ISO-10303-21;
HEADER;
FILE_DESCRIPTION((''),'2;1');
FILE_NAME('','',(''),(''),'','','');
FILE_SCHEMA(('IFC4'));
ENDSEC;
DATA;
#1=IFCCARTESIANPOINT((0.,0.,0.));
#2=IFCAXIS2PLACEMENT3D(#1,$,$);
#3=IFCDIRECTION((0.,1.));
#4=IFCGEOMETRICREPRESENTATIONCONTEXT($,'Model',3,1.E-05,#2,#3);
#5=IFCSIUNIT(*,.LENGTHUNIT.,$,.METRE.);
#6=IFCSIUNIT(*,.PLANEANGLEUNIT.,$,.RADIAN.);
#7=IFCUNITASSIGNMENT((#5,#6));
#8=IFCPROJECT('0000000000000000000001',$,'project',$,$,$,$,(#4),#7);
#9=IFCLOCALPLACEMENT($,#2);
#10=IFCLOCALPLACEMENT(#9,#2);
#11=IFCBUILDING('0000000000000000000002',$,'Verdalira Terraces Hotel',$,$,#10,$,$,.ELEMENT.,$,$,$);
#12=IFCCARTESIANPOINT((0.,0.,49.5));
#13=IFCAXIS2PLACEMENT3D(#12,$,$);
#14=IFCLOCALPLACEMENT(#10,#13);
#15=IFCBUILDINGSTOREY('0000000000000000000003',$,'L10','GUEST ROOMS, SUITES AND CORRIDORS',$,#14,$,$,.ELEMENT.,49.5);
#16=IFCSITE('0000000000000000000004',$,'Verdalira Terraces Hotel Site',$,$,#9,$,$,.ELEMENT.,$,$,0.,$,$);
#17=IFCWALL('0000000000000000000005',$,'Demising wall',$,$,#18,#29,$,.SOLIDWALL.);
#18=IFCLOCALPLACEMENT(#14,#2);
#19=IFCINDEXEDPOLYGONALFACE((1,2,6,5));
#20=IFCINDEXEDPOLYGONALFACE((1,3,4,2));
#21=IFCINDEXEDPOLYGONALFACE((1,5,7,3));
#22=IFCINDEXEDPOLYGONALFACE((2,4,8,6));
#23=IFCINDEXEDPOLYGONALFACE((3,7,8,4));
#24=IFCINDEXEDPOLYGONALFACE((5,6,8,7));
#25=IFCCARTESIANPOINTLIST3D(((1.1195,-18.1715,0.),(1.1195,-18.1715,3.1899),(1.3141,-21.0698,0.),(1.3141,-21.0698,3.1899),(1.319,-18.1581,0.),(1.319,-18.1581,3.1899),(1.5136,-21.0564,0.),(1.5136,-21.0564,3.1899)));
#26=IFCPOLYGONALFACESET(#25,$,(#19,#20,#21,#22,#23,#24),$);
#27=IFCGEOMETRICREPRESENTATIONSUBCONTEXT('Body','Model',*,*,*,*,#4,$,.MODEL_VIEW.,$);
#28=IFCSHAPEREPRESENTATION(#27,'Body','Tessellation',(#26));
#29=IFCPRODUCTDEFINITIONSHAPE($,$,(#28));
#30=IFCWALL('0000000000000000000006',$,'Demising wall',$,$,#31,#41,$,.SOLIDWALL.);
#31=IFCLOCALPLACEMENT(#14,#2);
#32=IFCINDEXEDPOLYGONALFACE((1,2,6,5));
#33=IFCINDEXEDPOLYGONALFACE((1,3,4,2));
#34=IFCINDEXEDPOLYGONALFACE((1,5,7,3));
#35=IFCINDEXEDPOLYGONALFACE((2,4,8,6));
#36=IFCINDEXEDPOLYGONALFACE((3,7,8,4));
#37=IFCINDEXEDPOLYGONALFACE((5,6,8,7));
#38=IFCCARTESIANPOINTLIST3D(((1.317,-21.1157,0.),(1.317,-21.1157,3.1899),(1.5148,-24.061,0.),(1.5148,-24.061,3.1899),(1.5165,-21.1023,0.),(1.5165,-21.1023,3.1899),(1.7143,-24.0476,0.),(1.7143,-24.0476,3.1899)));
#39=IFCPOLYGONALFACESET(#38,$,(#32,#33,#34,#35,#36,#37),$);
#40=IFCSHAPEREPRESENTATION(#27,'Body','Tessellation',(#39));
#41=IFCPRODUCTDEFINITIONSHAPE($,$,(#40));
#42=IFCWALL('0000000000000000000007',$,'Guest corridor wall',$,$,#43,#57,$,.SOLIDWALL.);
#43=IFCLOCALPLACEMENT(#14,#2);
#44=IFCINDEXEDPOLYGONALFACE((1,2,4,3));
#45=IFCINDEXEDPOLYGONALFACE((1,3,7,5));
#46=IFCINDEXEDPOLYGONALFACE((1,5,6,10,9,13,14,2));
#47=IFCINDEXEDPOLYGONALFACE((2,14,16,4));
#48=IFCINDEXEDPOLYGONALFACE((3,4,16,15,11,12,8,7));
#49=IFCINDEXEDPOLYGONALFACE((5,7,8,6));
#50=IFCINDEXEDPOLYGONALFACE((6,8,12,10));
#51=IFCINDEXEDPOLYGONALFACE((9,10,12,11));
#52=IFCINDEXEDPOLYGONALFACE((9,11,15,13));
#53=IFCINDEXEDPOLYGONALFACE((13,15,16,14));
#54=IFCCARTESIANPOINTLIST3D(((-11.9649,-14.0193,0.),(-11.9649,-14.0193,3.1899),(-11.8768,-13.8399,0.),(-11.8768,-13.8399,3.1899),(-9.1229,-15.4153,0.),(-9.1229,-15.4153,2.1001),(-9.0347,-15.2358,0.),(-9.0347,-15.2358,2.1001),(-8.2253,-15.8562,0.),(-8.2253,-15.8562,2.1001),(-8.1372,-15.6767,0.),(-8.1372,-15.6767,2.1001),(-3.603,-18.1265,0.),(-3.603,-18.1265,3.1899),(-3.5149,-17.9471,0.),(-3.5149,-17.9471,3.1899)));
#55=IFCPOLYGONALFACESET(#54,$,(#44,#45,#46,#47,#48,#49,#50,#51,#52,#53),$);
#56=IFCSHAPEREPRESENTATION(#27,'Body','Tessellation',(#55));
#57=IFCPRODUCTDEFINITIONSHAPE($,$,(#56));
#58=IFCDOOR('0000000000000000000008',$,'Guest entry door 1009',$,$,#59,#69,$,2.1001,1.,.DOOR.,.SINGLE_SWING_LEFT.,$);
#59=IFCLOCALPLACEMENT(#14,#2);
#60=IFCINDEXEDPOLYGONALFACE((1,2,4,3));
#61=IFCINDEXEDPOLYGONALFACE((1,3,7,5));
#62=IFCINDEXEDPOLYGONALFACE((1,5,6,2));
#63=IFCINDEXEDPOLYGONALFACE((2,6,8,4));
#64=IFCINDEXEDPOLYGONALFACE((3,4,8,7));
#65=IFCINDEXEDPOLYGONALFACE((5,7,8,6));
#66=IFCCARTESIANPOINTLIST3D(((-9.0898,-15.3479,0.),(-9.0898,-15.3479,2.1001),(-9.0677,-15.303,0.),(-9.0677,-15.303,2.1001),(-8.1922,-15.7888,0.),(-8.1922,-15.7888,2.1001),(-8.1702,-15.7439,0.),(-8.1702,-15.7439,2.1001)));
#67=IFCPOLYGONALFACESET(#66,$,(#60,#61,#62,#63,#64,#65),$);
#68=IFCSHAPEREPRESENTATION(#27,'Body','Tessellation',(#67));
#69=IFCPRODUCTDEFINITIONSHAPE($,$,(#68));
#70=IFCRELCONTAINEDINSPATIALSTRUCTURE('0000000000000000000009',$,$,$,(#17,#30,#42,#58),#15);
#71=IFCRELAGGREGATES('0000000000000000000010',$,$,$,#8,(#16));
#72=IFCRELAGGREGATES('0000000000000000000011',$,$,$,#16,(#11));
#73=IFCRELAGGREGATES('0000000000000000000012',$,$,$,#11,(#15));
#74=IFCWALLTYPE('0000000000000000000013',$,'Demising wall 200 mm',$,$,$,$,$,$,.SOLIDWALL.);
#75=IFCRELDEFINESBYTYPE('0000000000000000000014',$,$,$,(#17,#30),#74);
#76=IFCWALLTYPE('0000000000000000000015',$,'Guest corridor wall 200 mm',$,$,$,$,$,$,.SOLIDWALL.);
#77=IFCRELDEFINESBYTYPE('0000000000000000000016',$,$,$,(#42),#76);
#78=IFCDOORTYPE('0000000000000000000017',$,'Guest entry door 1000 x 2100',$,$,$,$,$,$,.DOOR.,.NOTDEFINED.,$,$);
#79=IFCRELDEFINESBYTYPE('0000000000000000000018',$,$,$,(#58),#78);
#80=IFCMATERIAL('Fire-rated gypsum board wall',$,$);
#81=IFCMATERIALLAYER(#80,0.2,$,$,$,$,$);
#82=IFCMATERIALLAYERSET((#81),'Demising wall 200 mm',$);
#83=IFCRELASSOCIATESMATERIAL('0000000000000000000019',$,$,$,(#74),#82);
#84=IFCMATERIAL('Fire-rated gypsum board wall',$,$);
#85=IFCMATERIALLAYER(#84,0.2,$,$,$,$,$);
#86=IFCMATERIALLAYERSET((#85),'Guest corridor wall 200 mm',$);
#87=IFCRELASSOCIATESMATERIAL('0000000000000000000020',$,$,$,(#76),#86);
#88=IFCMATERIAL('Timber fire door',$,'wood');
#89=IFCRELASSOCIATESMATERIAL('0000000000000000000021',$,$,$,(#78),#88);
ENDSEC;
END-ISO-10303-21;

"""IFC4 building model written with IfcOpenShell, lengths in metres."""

from ifc_helpers import new_model, si_unit, direction, frame, frame_2d, origin, place, context, subcontext, project, spatial, rectangle, extrude, material, layer, layer_set, type_object, element, fill, save


model = new_model("IFC4")

# Units and contexts
model_context = context("Model", 3, precision=1e-05, world=origin(), true_north=direction((0.0, 1.0)))
body_context = subcontext(model_context, "Body", "Model", "MODEL_VIEW")
ifc_project = project(units=[si_unit("LENGTHUNIT", "METRE"), si_unit("PLANEANGLEUNIT", "RADIAN")], contexts=[model_context])

# Site, building, storey
site_placement = place(None, origin())
site = spatial("IfcSite", under=ifc_project, at=site_placement, Name="Verdalira Terraces Hotel Site", CompositionType="ELEMENT", RefElevation=0.0)
building_placement = place(site_placement, origin())
building = spatial("IfcBuilding", under=site, at=building_placement, Name="Verdalira Terraces Hotel", CompositionType="ELEMENT")
storey_placement = place(building_placement, frame((0.0, 0.0, 49.5)))
storey = spatial("IfcBuildingStorey", under=building, at=storey_placement, Name="L10", Description="GUEST ROOMS, SUITES AND CORRIDORS", CompositionType="ELEMENT", Elevation=49.5)

# Walls
ifc_material_1 = material(Name="Fire-rated gypsum board wall")
ifc_layer_1 = layer(ifc_material_1, 0.2)
ifc_layer_set_1 = layer_set([ifc_layer_1], Name="Demising wall 200 mm")
wall_type_1 = type_object("IfcWallType", Name="Demising wall 200 mm", PredefinedType="SOLIDWALL", material=ifc_layer_set_1)
wall_1_placement = place(storey_placement, frame((1.2192, -18.1648, 0.0), z_axis=(0.0, 0.0, 1.0), x_axis=(0.066988, -0.997754, 0.0)))
element("IfcWall", 1, at=wall_1_placement, inside=storey, type_object=wall_type_1, Name="Demising wall", PredefinedType="SOLIDWALL", context=body_context, shape_type="SweptSolid", body=[
    extrude(rectangle(XDim=2.9048, YDim=0.2, at=frame_2d((1.4524, 0.0))), origin(), (0.0, 0.0, 1.0), 3.1899),
])
wall_2_placement = place(storey_placement, frame((1.4167, -21.1089, 0.0), z_axis=(0.0, 0.0, 1.0), x_axis=(0.066991, -0.997754, 0.0)))
element("IfcWall", 2, at=wall_2_placement, inside=storey, type_object=wall_type_1, Name="Demising wall", PredefinedType="SOLIDWALL", context=body_context, shape_type="SweptSolid", body=[
    extrude(rectangle(XDim=2.9519, YDim=0.2, at=frame_2d((1.4761, 0.0))), origin(), (0.0, 0.0, 1.0), 3.1899),
])

# Wall, opening, door
ifc_material_2 = material(Name="Fire-rated gypsum board wall")
ifc_layer_2 = layer(ifc_material_2, 0.2)
ifc_layer_set_2 = layer_set([ifc_layer_2], Name="Guest corridor wall 200 mm")
wall_type_2 = type_object("IfcWallType", Name="Guest corridor wall 200 mm", PredefinedType="SOLIDWALL", material=ifc_layer_set_2)
wall_3_placement = place(storey_placement, frame((-3.5588, -18.0369, 0.0), z_axis=(0.0, 0.0, 1.0), x_axis=(-0.897571, 0.440871, 0.0)))
wall_3 = element("IfcWall", 3, at=wall_3_placement, inside=storey, type_object=wall_type_2, Name="Guest corridor wall", PredefinedType="SOLIDWALL", context=body_context, shape_type="SweptSolid", body=[
    extrude(rectangle(XDim=9.3162, YDim=0.2, at=frame_2d((4.6582, 0.0))), origin(), (0.0, 0.0, 1.0), 3.1899),
])
opening_1_placement = place(wall_3_placement, frame((5.1499, 0.0, 0.0)))
opening_1 = element("IfcOpeningElement", 4, at=opening_1_placement, cuts=wall_3, PredefinedType="OPENING", context=body_context, shape_type="SweptSolid", body=[
    extrude(rectangle(XDim=1.0, YDim=2.1001, at=frame_2d((0.5, 1.05))), frame((0.0, 0.1099, 0.0), z_axis=(0.0, -1.0, 0.0), x_axis=(1.0, 0.0, 0.0)), (0.0, 0.0, 1.0), 0.22),
])
ifc_material_3 = material(Name="Timber fire door", Category="wood")
door_type_1 = type_object("IfcDoorType", Name="Guest entry door 1000 x 2100", OperationType="NOTDEFINED", PredefinedType="DOOR", material=ifc_material_3)
door_1_placement = place(opening_1_placement, origin())
door_1 = element("IfcDoor", 5, at=door_1_placement, inside=storey, type_object=door_type_1, Name="Guest entry door 1009", OperationType="SINGLE_SWING_LEFT", OverallHeight=2.1001, OverallWidth=1.0, PredefinedType="DOOR", context=body_context, shape_type="SweptSolid", body=[
    extrude(rectangle(XDim=1.0, YDim=2.1001, at=frame_2d((0.5, 1.05))), frame((0.0, 0.0249, 0.0), z_axis=(0.0, -1.0, 0.0), x_axis=(1.0, 0.0, 0.0)), (0.0, 0.0, 1.0), 0.05),
])
fill(opening_1, door_1)

save(model, "model.ifc")
